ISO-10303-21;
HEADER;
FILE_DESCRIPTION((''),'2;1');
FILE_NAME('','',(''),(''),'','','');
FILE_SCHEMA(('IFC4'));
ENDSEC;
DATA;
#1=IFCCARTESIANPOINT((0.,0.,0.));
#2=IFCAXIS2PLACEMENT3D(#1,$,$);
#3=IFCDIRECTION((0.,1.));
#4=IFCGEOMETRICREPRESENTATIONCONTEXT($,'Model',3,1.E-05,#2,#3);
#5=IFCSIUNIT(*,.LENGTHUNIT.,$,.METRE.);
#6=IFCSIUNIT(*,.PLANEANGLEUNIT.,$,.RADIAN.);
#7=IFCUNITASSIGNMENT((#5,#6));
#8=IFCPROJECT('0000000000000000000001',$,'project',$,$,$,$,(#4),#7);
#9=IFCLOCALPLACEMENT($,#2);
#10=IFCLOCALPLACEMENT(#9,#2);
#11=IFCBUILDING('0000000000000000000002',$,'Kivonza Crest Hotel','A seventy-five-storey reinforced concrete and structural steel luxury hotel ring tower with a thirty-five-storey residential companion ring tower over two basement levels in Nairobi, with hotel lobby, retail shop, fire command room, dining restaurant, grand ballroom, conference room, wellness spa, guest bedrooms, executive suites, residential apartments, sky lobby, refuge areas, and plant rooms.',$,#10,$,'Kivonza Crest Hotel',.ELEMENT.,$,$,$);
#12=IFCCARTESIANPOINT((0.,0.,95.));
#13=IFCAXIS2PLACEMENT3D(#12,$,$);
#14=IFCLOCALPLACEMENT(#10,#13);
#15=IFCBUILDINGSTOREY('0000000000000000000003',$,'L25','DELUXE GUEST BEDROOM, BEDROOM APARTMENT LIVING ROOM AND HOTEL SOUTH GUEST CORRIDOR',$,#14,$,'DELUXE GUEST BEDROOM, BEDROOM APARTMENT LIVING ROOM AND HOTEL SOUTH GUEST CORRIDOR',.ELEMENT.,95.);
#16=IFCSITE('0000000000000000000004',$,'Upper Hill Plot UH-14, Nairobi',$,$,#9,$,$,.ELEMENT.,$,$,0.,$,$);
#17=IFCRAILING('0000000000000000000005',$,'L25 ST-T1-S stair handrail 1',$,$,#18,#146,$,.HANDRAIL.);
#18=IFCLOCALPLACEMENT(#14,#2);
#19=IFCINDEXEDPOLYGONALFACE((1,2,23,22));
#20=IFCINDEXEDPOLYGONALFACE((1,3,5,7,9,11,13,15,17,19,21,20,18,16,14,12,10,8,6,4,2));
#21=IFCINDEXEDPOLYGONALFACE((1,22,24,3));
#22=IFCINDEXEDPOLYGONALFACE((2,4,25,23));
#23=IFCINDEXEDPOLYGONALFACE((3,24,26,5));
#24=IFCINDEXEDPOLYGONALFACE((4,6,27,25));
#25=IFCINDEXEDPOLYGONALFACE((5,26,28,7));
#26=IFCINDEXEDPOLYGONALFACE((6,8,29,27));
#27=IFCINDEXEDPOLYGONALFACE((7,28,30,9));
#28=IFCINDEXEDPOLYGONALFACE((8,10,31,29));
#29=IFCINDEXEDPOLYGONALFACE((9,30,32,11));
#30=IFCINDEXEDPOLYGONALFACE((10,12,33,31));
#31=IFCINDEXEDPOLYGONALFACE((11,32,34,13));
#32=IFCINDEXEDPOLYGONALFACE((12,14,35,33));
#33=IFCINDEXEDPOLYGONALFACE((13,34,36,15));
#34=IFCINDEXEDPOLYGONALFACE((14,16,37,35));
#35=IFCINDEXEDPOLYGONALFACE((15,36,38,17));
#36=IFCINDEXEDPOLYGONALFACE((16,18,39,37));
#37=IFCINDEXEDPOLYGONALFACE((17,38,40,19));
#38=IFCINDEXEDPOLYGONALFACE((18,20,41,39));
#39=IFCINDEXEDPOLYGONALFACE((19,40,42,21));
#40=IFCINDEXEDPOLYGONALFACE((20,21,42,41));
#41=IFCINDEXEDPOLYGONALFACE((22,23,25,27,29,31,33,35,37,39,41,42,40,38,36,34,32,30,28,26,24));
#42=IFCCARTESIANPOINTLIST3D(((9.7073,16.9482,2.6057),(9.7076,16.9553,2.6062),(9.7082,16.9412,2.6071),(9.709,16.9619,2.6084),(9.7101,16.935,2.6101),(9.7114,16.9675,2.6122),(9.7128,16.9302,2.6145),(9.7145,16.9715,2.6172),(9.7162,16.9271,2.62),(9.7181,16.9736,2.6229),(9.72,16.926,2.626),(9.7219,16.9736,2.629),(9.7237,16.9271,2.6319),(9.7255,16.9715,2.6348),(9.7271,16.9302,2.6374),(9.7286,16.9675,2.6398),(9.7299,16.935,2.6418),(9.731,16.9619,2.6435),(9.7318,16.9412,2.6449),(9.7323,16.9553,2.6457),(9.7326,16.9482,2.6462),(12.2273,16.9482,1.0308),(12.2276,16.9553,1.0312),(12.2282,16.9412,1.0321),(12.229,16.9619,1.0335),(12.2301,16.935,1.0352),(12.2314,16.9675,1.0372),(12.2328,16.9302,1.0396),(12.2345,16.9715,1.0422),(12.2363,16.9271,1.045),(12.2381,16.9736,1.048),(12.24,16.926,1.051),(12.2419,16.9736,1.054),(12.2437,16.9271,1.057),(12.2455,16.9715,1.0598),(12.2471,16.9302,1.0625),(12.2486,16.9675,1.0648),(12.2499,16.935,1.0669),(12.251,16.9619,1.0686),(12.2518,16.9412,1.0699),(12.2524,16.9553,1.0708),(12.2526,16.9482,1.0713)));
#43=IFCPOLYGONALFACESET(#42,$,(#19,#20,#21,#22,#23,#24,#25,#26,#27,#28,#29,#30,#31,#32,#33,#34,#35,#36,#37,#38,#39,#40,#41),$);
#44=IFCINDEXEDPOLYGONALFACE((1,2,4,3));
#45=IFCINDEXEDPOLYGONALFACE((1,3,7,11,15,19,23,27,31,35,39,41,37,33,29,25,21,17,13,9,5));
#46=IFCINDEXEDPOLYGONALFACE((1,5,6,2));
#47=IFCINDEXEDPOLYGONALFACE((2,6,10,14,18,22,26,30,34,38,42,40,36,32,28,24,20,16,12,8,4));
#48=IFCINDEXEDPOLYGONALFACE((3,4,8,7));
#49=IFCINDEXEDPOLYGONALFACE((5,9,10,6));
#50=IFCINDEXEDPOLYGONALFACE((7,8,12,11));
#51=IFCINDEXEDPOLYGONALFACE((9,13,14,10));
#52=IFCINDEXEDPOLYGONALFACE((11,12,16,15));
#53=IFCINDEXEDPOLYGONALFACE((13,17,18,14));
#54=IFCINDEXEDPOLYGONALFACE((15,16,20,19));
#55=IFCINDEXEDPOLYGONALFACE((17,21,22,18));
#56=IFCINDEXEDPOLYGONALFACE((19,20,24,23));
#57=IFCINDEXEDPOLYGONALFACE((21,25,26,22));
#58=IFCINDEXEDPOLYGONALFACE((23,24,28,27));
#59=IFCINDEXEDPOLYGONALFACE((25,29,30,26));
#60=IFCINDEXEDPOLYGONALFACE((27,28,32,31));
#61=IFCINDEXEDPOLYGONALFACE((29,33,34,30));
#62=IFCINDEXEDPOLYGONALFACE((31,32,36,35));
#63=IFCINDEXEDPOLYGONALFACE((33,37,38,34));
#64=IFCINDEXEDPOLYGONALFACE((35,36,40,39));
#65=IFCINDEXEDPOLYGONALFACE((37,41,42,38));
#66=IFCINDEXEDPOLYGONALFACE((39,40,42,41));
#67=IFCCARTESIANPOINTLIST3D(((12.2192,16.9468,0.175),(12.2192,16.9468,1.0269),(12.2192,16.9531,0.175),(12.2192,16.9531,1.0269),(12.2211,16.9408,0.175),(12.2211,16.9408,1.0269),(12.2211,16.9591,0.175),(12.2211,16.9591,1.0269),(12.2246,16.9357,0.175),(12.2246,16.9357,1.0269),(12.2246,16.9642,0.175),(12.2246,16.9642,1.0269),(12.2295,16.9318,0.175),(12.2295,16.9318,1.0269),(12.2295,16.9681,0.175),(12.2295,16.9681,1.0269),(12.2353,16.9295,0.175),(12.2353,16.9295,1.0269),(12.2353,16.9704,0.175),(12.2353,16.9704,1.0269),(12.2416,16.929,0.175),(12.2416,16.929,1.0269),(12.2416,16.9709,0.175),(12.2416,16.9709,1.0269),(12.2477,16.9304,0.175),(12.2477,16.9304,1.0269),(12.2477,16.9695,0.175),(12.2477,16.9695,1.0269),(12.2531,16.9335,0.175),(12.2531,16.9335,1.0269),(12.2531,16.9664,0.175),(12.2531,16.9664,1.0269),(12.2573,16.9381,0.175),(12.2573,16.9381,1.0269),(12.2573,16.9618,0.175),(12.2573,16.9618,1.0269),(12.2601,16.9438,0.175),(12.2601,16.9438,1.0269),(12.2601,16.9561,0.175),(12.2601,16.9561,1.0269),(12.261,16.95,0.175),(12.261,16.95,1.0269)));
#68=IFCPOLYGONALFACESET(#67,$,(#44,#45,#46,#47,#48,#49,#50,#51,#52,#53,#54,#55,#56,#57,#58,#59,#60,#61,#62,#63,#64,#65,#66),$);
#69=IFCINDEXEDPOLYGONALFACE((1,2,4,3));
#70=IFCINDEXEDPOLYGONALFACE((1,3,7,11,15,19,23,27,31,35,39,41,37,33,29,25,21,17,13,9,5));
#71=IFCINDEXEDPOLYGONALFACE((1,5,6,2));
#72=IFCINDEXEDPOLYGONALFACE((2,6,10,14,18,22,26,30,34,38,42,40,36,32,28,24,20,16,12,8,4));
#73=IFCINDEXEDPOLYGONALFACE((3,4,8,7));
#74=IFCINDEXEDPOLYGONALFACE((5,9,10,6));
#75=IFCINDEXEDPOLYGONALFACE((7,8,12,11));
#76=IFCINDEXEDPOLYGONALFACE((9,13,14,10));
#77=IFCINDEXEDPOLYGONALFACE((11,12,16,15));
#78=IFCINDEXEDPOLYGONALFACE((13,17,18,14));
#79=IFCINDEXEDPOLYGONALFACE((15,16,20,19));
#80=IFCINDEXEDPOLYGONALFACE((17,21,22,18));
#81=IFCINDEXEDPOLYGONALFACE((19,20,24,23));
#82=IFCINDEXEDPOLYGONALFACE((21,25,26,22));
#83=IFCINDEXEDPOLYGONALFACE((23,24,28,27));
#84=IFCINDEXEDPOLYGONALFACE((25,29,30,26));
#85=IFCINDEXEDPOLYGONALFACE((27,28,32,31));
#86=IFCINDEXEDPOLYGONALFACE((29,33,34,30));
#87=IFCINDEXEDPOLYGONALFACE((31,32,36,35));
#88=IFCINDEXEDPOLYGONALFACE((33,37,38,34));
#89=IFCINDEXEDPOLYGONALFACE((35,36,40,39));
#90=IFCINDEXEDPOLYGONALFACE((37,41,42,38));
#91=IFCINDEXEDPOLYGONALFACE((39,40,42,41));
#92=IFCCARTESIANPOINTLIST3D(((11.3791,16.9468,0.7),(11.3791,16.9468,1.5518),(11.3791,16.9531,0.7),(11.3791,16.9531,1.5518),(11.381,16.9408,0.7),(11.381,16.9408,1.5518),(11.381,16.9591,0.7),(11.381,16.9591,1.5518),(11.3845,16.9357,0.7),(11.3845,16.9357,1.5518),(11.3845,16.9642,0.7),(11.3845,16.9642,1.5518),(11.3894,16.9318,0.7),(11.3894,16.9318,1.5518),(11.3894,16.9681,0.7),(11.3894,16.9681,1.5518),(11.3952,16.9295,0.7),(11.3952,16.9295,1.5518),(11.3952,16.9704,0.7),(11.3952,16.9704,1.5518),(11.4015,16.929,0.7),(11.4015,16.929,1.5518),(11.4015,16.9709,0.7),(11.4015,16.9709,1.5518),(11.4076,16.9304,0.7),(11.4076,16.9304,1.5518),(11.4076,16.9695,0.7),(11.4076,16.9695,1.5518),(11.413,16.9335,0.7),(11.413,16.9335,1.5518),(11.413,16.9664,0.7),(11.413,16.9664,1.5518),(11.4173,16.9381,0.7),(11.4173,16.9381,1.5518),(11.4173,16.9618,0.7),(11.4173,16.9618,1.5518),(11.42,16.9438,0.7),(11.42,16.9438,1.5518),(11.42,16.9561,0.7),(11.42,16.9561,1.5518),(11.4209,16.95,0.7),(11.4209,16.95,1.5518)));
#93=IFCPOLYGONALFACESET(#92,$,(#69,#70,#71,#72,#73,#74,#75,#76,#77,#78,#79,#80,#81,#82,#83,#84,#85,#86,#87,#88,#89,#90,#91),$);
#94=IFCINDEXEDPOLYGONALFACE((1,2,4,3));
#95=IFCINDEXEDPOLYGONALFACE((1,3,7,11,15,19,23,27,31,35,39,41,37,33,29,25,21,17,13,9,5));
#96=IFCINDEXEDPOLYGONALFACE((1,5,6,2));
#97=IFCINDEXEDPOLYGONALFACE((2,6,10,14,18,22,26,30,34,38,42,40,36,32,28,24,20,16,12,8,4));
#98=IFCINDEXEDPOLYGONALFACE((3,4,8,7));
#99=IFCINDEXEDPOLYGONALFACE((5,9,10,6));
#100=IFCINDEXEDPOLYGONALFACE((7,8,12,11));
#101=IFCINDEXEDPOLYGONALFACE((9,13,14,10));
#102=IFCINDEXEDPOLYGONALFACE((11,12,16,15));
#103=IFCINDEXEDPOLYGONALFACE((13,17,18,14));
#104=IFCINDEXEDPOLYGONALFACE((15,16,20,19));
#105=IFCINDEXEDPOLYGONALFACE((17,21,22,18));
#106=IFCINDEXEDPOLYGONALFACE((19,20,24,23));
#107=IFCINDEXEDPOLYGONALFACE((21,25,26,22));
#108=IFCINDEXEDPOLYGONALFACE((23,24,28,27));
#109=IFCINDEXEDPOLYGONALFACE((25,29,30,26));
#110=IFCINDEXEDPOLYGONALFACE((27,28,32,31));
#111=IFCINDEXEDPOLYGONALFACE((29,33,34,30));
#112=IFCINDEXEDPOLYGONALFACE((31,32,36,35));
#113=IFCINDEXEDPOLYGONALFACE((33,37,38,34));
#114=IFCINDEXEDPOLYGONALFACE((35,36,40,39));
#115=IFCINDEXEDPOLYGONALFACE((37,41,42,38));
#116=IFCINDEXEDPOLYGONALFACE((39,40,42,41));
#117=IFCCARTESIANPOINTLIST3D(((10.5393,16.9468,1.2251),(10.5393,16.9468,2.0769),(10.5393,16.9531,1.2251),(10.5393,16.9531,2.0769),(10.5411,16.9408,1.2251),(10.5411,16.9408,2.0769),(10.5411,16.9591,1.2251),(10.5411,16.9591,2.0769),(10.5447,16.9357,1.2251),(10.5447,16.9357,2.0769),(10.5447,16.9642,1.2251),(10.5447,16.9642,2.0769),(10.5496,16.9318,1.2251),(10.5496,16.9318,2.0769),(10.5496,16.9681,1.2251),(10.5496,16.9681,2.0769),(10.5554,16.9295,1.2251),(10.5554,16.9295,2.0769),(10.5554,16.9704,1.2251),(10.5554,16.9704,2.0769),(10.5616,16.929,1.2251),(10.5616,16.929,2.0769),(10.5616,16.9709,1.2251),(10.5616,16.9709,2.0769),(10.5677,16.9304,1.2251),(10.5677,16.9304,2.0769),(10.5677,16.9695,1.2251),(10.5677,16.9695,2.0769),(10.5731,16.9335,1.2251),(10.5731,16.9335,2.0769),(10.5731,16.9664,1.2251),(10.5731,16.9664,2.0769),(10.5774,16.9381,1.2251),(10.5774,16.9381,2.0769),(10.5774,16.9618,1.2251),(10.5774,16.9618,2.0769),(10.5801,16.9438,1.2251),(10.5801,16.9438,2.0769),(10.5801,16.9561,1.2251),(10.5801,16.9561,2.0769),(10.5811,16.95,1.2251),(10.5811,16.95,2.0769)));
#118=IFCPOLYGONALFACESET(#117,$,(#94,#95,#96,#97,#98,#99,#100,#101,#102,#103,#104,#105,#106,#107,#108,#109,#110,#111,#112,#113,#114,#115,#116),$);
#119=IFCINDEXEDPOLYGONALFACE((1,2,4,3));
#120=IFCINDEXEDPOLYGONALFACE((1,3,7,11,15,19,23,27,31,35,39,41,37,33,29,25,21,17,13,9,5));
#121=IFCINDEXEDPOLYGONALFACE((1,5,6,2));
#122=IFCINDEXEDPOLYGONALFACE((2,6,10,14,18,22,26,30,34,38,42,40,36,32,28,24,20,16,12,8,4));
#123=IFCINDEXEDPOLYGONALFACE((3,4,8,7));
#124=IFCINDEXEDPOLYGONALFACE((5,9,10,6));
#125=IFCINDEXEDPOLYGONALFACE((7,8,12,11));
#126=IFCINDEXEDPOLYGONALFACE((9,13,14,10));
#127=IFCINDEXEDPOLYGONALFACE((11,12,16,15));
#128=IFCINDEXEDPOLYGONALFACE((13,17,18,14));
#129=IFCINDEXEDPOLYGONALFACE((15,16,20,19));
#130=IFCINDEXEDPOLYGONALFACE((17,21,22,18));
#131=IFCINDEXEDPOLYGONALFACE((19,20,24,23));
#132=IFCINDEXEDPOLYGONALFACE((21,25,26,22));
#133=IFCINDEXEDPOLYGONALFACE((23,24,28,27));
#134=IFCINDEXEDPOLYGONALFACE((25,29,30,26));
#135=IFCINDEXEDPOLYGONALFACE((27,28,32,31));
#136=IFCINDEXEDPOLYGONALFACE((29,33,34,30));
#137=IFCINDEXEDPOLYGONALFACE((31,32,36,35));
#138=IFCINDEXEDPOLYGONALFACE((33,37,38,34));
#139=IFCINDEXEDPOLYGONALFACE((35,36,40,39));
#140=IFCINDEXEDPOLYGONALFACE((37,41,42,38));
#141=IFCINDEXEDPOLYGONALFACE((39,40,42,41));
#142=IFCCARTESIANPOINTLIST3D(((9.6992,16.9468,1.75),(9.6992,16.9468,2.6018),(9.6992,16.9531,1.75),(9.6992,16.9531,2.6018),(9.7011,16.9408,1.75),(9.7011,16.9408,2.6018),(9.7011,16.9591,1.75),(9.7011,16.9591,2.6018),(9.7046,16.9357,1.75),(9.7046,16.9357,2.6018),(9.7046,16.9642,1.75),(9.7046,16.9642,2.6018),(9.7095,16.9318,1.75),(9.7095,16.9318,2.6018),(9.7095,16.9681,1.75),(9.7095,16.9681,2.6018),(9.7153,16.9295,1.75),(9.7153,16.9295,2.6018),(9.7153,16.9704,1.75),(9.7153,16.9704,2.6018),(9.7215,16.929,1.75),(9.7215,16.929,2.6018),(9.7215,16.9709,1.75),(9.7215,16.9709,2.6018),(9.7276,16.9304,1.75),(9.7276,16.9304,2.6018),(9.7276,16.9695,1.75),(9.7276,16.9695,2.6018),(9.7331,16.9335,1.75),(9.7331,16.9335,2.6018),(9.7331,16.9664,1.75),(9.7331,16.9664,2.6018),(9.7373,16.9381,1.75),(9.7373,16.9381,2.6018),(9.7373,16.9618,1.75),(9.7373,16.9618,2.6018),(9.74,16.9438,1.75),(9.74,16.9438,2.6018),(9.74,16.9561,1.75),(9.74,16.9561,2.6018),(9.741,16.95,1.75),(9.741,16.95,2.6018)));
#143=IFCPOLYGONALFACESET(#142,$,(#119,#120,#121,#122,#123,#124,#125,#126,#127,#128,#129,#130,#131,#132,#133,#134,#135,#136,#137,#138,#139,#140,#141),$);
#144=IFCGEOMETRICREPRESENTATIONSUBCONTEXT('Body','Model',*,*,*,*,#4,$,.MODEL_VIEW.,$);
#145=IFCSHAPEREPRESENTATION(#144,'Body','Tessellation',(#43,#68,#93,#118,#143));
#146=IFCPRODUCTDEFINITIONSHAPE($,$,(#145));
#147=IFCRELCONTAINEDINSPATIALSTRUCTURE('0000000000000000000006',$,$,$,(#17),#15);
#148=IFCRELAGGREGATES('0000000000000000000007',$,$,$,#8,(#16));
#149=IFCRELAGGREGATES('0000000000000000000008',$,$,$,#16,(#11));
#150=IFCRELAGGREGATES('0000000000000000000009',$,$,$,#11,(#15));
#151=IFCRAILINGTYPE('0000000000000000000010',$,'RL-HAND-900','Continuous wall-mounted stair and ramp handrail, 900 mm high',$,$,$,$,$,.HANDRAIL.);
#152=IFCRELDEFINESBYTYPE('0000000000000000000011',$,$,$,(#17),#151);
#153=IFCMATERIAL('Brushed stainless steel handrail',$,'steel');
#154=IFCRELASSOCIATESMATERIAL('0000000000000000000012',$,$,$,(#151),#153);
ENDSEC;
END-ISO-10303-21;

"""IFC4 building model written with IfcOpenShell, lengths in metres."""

from ifc_helpers import new_model, si_unit, direction, frame, origin, origin_2d, place, context, subcontext, project, spatial, circle, extrude, material, type_object, element, save


model = new_model("IFC4")

# Units and contexts
model_context = context("Model", 3, precision=1e-05, world=origin(), true_north=direction((0.0, 1.0)))
body_context = subcontext(model_context, "Body", "Model", "MODEL_VIEW")
ifc_project = project(units=[si_unit("LENGTHUNIT", "METRE"), si_unit("PLANEANGLEUNIT", "RADIAN")], contexts=[model_context])

# Site, building, storey
site_placement = place(None, origin())
site = spatial("IfcSite", under=ifc_project, at=site_placement, Name="Upper Hill Plot UH-14, Nairobi", CompositionType="ELEMENT", RefElevation=0.0)
building_placement = place(site_placement, origin())
building = spatial("IfcBuilding", under=site, at=building_placement, Name="Kivonza Crest Hotel", Description="A seventy-five-storey reinforced concrete and structural steel luxury hotel ring tower with a thirty-five-storey residential companion ring tower over two basement levels in Nairobi, with hotel lobby, retail shop, fire command room, dining restaurant, grand ballroom, conference room, wellness spa, guest bedrooms, executive suites, residential apartments, sky lobby, refuge areas, and plant rooms.", LongName="Kivonza Crest Hotel", CompositionType="ELEMENT")
storey_placement = place(building_placement, frame((0.0, 0.0, 95.0)))
storey = spatial("IfcBuildingStorey", under=building, at=storey_placement, Name="L25", Description="DELUXE GUEST BEDROOM, BEDROOM APARTMENT LIVING ROOM AND HOTEL SOUTH GUEST CORRIDOR", LongName="DELUXE GUEST BEDROOM, BEDROOM APARTMENT LIVING ROOM AND HOTEL SOUTH GUEST CORRIDOR", CompositionType="ELEMENT", Elevation=95.0)

# Railing
ifc_material_1 = material(Name="Brushed stainless steel handrail", Category="steel")
railing_type_1 = type_object("IfcRailingType", Name="RL-HAND-900", Description="Continuous wall-mounted stair and ramp handrail, 900 mm high", PredefinedType="HANDRAIL", material=ifc_material_1)
railing_1_placement = place(storey_placement, frame((12.24, 16.95, 0.175)))
element("IfcRailing", 1, at=railing_1_placement, inside=storey, type_object=railing_type_1, Name="L25 ST-T1-S stair handrail 1", PredefinedType="HANDRAIL", context=body_context, shape_type="SweptSolid", body=[
    extrude(circle(Radius=0.0239, at=origin_2d()), frame((0.0, 0.0, 0.876), z_axis=(-0.848008, 0.0, 0.529984), x_axis=(0.0, -1.0, 0.0)), (0.0, 0.0, 1.0), 2.9717),
    extrude(circle(Radius=0.021, at=origin_2d()), origin(), (0.0, 0.0, 1.0), 0.8518),
    extrude(circle(Radius=0.021, at=origin_2d()), frame((-0.8401, 0.0, 0.5249)), (0.0, 0.0, 1.0), 0.8518),
    extrude(circle(Radius=0.021, at=origin_2d()), frame((-1.6799, 0.0, 1.05)), (0.0, 0.0, 1.0), 0.8518),
    extrude(circle(Radius=0.021, at=origin_2d()), frame((-2.52, 0.0, 1.575)), (0.0, 0.0, 1.0), 0.8518),
])

save(model, "model.ifc")
